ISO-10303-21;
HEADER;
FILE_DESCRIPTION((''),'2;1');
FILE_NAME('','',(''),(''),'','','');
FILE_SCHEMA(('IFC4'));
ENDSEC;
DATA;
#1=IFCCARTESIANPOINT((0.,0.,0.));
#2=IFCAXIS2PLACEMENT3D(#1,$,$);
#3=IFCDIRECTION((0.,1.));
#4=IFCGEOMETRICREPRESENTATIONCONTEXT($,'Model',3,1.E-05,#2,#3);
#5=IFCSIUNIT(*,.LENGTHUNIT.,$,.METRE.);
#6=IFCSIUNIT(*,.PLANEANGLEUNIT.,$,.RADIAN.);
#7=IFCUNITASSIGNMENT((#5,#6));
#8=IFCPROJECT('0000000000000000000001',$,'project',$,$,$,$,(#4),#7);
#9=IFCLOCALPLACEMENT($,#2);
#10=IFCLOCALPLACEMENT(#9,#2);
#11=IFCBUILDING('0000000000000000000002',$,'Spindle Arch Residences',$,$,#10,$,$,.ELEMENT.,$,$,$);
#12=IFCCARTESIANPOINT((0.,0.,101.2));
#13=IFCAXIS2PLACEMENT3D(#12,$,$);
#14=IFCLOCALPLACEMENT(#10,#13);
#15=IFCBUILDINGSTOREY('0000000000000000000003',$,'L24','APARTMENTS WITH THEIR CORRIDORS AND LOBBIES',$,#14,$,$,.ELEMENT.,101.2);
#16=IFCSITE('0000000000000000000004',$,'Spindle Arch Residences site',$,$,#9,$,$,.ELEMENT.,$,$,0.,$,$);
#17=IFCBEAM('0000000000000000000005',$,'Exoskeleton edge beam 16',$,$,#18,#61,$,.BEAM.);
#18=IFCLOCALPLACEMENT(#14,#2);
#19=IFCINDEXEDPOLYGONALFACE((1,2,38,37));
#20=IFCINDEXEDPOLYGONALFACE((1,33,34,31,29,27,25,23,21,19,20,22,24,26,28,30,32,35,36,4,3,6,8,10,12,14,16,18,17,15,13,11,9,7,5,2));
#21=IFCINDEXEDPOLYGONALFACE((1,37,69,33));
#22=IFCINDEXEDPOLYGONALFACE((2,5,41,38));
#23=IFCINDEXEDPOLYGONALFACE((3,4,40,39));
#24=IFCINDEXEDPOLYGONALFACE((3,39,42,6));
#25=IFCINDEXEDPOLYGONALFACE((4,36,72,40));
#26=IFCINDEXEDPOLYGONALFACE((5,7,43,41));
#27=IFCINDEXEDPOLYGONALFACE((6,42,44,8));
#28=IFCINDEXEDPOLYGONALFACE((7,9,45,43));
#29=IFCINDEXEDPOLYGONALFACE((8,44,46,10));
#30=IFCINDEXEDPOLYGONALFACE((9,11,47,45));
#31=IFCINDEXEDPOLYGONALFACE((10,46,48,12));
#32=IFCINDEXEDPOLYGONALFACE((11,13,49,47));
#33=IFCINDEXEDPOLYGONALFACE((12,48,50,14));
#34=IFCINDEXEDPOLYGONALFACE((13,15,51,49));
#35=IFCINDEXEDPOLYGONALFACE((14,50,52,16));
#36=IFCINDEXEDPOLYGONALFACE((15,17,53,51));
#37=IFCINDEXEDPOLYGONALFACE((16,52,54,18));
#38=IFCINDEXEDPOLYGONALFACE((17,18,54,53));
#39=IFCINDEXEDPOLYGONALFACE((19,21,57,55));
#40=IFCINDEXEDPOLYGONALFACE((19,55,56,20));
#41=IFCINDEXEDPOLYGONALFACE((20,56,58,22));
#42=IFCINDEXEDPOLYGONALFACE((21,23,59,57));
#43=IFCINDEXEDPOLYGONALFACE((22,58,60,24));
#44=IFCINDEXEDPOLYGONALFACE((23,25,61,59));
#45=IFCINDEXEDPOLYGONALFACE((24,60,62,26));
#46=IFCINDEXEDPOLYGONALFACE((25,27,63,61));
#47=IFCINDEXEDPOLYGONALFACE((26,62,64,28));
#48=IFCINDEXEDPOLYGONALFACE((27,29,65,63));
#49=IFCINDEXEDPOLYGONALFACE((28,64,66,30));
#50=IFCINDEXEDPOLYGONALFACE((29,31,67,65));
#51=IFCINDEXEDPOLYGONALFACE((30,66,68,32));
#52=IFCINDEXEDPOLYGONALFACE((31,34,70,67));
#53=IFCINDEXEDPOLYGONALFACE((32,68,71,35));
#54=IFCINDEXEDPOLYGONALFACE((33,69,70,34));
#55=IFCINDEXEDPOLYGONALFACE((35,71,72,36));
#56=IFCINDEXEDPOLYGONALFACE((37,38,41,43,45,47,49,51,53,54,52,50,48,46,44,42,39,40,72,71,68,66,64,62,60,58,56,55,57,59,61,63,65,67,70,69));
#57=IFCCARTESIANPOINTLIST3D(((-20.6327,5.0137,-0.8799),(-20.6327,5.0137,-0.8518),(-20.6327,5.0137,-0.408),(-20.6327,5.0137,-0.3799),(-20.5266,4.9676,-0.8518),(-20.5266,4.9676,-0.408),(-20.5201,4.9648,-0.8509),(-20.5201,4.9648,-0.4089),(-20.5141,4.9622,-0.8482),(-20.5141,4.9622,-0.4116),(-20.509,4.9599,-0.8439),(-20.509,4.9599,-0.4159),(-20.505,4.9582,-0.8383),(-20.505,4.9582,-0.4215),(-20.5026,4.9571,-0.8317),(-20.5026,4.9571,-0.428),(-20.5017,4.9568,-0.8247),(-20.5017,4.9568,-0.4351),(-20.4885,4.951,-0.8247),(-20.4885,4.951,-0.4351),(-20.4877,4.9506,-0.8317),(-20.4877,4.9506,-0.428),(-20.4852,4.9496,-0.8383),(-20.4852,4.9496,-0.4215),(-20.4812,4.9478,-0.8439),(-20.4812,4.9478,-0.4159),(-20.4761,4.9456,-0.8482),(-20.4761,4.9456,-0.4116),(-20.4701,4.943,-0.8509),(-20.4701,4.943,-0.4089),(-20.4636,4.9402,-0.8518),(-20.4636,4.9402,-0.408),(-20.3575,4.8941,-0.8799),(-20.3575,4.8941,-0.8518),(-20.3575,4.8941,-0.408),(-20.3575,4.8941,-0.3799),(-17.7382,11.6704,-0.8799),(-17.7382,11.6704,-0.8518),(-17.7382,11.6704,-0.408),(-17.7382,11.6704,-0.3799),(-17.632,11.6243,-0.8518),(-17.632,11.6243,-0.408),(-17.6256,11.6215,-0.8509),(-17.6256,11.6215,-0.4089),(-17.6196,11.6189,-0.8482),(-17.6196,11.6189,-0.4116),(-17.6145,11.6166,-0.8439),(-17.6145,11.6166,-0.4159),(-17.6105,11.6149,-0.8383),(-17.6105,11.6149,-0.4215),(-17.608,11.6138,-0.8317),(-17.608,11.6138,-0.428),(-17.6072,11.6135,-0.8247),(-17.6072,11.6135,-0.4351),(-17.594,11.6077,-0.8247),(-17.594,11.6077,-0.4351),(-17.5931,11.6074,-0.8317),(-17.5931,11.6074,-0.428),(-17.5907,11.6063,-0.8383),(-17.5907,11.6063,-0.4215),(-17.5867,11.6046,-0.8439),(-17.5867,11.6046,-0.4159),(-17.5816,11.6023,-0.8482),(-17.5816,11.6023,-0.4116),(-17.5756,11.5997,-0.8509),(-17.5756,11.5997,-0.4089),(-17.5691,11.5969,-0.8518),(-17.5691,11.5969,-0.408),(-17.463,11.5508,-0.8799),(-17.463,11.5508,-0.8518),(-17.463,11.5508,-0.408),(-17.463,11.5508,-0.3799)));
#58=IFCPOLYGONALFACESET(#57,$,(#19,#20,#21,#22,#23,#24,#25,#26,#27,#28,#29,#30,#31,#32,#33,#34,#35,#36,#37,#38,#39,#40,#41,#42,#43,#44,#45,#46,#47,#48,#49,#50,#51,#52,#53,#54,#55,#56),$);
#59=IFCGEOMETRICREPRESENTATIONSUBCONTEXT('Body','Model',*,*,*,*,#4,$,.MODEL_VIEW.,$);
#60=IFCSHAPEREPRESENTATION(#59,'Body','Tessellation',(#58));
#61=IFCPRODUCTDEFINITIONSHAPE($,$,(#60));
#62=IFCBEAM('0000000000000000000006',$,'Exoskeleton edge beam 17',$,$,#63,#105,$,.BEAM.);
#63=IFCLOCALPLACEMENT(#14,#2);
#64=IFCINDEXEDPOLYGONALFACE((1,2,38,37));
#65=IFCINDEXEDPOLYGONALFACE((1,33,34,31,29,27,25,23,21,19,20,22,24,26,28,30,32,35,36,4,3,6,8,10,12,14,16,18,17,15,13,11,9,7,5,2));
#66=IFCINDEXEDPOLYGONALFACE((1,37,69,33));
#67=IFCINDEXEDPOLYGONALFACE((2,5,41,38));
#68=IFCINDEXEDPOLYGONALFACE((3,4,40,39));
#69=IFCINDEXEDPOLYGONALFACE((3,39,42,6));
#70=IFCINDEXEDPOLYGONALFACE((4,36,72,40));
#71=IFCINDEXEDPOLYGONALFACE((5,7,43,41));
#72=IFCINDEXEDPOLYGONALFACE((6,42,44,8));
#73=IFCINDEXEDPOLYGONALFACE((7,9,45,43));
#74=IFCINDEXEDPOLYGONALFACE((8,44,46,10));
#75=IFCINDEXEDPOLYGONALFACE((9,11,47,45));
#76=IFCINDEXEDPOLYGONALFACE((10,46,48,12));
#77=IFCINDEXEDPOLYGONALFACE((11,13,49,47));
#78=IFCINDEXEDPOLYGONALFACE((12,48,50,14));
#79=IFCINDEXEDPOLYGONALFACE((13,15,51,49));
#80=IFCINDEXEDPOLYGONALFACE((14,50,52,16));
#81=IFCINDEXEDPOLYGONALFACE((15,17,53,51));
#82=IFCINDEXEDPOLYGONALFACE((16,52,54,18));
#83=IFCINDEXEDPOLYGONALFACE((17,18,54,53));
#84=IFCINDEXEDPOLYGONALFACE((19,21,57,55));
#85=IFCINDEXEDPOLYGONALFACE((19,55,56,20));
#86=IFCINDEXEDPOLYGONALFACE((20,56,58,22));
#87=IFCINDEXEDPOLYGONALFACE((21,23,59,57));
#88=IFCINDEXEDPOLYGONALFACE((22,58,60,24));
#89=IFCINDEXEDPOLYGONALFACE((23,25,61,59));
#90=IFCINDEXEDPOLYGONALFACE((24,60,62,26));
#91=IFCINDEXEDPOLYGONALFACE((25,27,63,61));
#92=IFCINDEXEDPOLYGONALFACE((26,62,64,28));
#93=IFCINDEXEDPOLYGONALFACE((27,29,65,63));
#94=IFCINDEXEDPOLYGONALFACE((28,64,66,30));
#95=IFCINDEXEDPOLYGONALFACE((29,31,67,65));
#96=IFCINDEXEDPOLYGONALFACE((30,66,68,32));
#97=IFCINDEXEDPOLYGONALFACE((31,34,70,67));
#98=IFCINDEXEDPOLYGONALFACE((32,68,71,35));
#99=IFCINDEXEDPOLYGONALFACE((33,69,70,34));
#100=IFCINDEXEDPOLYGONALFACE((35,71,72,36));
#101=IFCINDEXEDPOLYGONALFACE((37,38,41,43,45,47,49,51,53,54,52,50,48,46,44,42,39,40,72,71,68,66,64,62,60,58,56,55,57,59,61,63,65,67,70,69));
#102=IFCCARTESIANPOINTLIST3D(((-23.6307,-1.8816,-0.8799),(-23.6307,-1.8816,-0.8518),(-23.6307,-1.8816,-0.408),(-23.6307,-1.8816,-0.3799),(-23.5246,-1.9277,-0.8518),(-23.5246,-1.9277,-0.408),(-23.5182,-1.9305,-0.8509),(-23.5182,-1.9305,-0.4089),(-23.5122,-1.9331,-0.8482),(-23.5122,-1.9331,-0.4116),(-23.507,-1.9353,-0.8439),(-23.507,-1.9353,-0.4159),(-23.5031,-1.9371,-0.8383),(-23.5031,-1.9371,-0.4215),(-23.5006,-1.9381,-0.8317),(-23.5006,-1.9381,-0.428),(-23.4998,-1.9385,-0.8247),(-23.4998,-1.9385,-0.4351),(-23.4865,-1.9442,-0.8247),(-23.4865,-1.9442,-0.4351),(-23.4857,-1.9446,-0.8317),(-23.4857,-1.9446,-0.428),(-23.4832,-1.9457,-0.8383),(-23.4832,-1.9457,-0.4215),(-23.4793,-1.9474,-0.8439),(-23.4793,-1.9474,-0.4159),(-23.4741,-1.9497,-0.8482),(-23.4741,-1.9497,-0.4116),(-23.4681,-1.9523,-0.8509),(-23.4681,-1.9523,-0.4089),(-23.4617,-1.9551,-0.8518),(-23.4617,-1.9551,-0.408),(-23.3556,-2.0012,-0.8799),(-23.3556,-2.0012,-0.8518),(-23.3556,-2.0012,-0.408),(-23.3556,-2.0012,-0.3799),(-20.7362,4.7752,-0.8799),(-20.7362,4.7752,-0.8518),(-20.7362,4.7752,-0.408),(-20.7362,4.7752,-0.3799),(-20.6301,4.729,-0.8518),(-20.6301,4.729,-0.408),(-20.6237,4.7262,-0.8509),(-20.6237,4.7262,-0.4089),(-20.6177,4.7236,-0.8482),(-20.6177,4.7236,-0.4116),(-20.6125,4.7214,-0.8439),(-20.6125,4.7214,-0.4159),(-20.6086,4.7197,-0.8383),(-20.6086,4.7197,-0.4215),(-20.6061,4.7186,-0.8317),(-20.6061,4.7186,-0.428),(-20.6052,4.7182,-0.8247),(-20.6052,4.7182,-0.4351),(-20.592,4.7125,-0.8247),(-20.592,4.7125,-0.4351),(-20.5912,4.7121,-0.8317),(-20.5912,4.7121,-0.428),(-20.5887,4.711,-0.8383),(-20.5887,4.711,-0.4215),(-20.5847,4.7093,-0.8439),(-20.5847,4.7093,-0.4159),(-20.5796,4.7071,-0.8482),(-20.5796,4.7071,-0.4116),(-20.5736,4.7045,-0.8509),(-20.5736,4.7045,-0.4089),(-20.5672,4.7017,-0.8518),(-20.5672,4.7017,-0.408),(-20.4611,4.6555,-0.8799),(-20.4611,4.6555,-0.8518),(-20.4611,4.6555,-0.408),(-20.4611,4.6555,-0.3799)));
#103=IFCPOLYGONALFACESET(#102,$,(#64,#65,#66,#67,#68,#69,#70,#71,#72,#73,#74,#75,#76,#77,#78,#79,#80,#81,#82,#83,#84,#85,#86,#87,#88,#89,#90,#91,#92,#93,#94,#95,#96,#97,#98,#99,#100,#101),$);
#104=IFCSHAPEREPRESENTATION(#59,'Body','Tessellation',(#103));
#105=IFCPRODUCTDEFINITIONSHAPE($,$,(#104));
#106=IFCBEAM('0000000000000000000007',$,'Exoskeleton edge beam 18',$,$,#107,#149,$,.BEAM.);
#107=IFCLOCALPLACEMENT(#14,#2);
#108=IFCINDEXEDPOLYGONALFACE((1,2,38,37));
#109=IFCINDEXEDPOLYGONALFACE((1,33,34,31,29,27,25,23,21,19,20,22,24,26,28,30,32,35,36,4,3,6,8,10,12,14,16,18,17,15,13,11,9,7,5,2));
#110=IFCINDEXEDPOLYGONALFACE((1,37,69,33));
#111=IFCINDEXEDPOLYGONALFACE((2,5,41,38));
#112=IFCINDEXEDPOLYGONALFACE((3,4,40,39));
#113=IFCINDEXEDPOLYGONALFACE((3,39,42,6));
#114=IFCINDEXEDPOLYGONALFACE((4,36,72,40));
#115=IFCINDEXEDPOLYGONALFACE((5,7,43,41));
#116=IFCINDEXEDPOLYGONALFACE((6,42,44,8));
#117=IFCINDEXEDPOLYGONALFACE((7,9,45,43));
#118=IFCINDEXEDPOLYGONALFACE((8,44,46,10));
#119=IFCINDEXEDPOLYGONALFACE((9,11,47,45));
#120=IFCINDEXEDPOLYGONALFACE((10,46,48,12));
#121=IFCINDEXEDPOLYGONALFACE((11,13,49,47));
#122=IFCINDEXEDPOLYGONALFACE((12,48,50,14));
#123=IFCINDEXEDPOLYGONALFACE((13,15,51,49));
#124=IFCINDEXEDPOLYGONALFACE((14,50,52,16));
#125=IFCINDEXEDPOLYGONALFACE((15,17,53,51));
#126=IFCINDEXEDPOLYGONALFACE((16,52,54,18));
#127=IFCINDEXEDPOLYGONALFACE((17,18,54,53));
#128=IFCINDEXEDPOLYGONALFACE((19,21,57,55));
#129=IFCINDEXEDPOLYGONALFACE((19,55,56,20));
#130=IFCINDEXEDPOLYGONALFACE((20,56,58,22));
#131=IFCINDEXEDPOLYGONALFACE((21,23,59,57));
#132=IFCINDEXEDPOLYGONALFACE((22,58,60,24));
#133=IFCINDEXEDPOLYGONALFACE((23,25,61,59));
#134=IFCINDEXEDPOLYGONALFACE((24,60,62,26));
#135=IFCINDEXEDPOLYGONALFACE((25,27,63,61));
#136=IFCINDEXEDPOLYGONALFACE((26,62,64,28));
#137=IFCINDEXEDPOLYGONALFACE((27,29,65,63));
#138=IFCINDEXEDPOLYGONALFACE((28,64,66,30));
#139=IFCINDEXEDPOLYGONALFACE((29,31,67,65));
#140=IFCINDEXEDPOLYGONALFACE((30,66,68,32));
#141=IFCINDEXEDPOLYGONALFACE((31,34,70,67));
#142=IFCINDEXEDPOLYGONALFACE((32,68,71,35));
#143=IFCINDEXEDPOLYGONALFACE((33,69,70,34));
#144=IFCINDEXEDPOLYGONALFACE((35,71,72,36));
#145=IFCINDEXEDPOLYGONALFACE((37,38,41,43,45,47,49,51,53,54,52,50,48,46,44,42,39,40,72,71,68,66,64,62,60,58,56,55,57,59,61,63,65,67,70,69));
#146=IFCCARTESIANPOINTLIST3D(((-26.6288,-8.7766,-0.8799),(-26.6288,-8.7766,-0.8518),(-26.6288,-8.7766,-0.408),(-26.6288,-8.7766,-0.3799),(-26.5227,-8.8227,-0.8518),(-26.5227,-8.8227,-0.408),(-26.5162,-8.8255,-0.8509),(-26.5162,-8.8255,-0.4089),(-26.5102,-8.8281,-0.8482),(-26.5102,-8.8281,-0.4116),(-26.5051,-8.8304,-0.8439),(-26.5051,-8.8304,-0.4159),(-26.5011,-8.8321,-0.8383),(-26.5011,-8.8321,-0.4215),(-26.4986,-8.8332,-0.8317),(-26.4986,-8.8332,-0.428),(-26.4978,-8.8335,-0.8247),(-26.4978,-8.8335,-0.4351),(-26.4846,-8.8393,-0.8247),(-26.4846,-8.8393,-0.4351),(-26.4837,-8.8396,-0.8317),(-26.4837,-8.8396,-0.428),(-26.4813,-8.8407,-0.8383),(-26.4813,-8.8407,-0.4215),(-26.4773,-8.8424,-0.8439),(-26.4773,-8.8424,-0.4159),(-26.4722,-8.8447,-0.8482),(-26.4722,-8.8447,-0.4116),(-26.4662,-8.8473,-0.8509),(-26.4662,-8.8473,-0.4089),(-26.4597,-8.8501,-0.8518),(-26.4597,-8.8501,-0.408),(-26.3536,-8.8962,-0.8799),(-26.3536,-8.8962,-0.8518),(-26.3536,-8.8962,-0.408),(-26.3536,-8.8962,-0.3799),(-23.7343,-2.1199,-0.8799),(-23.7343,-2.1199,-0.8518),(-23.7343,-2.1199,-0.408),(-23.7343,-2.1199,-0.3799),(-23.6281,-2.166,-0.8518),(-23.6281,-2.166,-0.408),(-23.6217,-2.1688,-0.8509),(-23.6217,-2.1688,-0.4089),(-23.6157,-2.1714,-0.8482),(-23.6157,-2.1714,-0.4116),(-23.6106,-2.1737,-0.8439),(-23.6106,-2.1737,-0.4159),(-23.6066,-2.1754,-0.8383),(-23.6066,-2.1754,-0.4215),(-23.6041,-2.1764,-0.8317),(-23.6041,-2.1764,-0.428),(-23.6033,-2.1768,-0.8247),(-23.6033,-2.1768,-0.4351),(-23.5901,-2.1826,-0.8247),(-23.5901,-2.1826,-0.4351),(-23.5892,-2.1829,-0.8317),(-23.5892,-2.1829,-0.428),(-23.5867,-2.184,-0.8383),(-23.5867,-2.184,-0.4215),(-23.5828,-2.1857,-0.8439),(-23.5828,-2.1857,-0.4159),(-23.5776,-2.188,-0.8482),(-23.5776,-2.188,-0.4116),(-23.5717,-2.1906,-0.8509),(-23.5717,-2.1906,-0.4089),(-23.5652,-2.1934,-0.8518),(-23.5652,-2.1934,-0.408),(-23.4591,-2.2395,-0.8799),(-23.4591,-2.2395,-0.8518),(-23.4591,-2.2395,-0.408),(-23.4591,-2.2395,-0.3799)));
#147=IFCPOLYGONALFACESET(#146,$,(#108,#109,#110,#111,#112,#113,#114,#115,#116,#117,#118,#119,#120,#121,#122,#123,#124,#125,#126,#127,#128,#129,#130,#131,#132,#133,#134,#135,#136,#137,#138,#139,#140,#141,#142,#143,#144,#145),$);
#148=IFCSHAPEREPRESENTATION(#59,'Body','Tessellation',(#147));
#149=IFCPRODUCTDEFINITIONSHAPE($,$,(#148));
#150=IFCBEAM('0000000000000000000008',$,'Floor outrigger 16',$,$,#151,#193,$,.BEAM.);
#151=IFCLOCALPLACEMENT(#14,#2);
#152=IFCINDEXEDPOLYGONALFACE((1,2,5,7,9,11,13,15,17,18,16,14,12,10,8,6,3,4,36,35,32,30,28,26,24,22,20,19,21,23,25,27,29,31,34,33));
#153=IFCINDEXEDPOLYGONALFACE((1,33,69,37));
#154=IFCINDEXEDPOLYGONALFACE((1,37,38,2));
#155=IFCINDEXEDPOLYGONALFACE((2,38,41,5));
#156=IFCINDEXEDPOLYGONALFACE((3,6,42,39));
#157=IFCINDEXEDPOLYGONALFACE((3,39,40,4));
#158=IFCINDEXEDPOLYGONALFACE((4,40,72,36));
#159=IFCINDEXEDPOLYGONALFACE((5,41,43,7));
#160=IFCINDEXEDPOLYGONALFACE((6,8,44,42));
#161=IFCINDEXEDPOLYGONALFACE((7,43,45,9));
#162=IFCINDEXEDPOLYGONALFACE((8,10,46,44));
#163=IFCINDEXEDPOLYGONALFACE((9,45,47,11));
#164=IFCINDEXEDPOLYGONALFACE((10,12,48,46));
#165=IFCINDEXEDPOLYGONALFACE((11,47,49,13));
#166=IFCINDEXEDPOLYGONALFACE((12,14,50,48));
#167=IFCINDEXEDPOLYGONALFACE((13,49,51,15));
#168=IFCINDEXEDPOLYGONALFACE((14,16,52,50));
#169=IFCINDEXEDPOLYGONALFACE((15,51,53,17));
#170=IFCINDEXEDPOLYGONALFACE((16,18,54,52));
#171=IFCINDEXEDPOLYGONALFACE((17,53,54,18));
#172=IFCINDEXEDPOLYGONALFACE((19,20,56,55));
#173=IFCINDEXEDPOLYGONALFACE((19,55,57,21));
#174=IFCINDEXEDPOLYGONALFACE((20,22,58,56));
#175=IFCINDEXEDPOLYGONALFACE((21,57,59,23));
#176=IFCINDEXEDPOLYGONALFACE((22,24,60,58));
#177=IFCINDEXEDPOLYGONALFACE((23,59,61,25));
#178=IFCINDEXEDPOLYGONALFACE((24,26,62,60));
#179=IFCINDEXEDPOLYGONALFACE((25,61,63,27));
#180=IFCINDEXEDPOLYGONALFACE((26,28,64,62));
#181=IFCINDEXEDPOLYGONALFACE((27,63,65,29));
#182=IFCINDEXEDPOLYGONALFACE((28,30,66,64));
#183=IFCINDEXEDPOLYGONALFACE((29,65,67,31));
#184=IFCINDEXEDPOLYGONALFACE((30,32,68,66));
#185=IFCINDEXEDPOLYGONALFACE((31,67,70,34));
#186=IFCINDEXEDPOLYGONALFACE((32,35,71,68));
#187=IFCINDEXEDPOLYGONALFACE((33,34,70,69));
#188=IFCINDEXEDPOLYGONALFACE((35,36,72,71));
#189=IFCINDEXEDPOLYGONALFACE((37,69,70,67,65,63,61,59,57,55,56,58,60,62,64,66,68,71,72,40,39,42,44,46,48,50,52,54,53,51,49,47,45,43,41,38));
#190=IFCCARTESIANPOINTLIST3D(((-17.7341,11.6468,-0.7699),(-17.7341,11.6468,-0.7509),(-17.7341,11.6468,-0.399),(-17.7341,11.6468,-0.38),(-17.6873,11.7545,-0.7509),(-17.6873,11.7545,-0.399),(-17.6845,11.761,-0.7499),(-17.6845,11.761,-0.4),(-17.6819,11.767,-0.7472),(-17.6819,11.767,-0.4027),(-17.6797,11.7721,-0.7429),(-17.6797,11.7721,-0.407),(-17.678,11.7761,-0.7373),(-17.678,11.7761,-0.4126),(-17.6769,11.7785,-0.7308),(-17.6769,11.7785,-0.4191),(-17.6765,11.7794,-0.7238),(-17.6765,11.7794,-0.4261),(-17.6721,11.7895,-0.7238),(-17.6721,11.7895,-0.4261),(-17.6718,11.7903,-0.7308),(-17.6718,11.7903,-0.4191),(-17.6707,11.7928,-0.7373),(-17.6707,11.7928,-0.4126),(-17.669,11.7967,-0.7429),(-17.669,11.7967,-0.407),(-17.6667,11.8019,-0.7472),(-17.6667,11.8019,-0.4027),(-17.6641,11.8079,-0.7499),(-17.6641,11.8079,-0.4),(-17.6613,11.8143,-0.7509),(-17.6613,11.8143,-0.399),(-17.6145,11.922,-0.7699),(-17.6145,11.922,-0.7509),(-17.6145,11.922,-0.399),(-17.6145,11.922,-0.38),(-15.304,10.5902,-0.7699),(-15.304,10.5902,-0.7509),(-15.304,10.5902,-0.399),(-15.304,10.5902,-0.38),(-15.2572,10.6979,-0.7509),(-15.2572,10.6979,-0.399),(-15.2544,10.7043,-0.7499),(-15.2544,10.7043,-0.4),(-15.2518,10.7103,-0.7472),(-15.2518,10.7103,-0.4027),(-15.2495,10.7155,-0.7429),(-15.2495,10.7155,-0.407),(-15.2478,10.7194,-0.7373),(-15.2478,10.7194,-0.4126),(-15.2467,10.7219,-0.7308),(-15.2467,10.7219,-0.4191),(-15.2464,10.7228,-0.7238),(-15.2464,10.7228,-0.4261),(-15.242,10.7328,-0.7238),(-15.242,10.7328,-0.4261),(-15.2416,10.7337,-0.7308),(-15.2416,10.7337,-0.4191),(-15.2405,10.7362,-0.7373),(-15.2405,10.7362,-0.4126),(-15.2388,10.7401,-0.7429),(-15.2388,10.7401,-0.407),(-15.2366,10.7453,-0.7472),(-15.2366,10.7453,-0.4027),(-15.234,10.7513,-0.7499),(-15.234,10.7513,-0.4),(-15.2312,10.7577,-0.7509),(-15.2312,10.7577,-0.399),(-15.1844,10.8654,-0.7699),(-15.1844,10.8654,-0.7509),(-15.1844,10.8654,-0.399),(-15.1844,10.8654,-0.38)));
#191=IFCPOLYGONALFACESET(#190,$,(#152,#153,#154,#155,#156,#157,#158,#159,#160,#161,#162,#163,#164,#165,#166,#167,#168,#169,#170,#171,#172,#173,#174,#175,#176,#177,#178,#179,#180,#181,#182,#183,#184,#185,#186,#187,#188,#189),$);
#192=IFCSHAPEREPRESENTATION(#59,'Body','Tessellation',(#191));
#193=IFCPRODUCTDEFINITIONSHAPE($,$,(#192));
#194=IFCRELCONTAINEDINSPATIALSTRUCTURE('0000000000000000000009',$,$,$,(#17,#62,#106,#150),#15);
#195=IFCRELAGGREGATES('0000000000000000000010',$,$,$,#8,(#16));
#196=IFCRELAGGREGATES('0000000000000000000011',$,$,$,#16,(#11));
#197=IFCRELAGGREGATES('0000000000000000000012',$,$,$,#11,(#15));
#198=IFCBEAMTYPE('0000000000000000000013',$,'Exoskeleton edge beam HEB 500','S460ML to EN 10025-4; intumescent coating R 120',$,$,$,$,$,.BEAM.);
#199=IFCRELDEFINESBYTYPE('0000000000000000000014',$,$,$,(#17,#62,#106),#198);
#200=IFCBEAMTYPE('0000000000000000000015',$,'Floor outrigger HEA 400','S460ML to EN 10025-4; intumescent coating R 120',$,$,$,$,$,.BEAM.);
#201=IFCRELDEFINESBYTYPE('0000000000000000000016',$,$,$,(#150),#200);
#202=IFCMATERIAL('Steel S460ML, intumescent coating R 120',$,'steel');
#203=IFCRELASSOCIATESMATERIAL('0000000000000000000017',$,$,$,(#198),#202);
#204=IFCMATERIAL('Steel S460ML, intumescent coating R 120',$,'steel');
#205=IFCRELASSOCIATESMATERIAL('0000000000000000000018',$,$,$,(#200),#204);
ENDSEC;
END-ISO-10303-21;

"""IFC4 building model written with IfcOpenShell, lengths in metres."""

from ifc_helpers import new_model, si_unit, direction, frame, origin, origin_2d, place, context, subcontext, project, spatial, i_section, extrude, material, material_profile, profile_set, type_object, element, save


model = new_model("IFC4")

# Units and contexts
model_context = context("Model", 3, precision=1e-05, world=origin(), true_north=direction((0.0, 1.0)))
body_context = subcontext(model_context, "Body", "Model", "MODEL_VIEW")
ifc_project = project(units=[si_unit("LENGTHUNIT", "METRE"), si_unit("PLANEANGLEUNIT", "RADIAN")], contexts=[model_context])

# Site, building, storey
site_placement = place(None, origin())
site = spatial("IfcSite", under=ifc_project, at=site_placement, Name="Spindle Arch Residences site", CompositionType="ELEMENT", RefElevation=0.0)
building_placement = place(site_placement, origin())
building = spatial("IfcBuilding", under=site, at=building_placement, Name="Spindle Arch Residences", CompositionType="ELEMENT")
storey_placement = place(building_placement, frame((0.0, 0.0, 101.2)))
storey = spatial("IfcBuildingStorey", under=building, at=storey_placement, Name="L24", Description="APARTMENTS WITH THEIR CORRIDORS AND LOBBIES", CompositionType="ELEMENT", Elevation=101.2)

# Beams
ifc_material_1 = material(Name="Steel S460ML, intumescent coating R 120", Category="steel")
ifc_material_profile_1 = material_profile(ifc_material_1, i_section(OverallWidth=0.3, OverallDepth=0.5, WebThickness=0.0144, FlangeThickness=0.0281, FilletRadius=0.0271, at=origin_2d()), Name="HEB 500")
ifc_profile_set_1 = profile_set([ifc_material_profile_1], Name="Steel S460ML, intumescent coating R 120")
beam_type_1 = type_object("IfcBeamType", Name="Exoskeleton edge beam HEB 500", Description="S460ML to EN 10025-4; intumescent coating R 120", PredefinedType="BEAM", material=ifc_profile_set_1)
for number, where, z_axis, x_axis, name in (
    (1, (-17.6006, 11.6106, -0.6299), (-0.398761, -0.917055, 0.0), (0.917055, -0.398761, 0.0), "Exoskeleton edge beam 16"),
    (2, (-20.5986, 4.7153, -0.6299), (-0.398761, -0.917055, 0.0), (0.917055, -0.398761, 0.0), "Exoskeleton edge beam 17"),
    (3, (-23.5967, -2.1797, -0.6299), (-0.398761, -0.917055, 0.0), (0.917055, -0.398761, 0.0), "Exoskeleton edge beam 18"),
):
    element("IfcBeam", number, at=place(storey_placement, frame(where, z_axis=z_axis, x_axis=x_axis)), inside=storey, type_object=beam_type_1, Name=name, PredefinedType="BEAM", context=body_context, shape_type="SweptSolid", body=[
        extrude(i_section(OverallWidth=0.3, OverallDepth=0.5, WebThickness=0.0144, FlangeThickness=0.0281, FilletRadius=0.0271, at=origin_2d()), origin(), (0.0, 0.0, 1.0), 7.2588),
    ])
ifc_material_2 = material(Name="Steel S460ML, intumescent coating R 120", Category="steel")
ifc_material_profile_2 = material_profile(ifc_material_2, i_section(OverallWidth=0.3, OverallDepth=0.3899, WebThickness=0.011, FlangeThickness=0.019, FilletRadius=0.0271, at=origin_2d()), Name="HEA 400")
ifc_profile_set_2 = profile_set([ifc_material_profile_2], Name="Steel S460ML, intumescent coating R 120")
beam_type_2 = type_object("IfcBeamType", Name="Floor outrigger HEA 400", Description="S460ML to EN 10025-4; intumescent coating R 120", PredefinedType="BEAM", material=ifc_profile_set_2)
beam_1_placement = place(storey_placement, frame((-17.6743, 11.7844, -0.575), z_axis=(0.917064, -0.39874, 0.0), x_axis=(0.39874, 0.917064, 0.0)))
element("IfcBeam", 4, at=beam_1_placement, inside=storey, type_object=beam_type_2, Name="Floor outrigger 16", PredefinedType="BEAM", context=body_context, shape_type="SweptSolid", body=[
    extrude(i_section(OverallWidth=0.3, OverallDepth=0.3899, WebThickness=0.011, FlangeThickness=0.019, FilletRadius=0.0271, at=origin_2d()), origin(), (0.0, 0.0, 1.0), 2.6499),
])

save(model, "model.ifc")
